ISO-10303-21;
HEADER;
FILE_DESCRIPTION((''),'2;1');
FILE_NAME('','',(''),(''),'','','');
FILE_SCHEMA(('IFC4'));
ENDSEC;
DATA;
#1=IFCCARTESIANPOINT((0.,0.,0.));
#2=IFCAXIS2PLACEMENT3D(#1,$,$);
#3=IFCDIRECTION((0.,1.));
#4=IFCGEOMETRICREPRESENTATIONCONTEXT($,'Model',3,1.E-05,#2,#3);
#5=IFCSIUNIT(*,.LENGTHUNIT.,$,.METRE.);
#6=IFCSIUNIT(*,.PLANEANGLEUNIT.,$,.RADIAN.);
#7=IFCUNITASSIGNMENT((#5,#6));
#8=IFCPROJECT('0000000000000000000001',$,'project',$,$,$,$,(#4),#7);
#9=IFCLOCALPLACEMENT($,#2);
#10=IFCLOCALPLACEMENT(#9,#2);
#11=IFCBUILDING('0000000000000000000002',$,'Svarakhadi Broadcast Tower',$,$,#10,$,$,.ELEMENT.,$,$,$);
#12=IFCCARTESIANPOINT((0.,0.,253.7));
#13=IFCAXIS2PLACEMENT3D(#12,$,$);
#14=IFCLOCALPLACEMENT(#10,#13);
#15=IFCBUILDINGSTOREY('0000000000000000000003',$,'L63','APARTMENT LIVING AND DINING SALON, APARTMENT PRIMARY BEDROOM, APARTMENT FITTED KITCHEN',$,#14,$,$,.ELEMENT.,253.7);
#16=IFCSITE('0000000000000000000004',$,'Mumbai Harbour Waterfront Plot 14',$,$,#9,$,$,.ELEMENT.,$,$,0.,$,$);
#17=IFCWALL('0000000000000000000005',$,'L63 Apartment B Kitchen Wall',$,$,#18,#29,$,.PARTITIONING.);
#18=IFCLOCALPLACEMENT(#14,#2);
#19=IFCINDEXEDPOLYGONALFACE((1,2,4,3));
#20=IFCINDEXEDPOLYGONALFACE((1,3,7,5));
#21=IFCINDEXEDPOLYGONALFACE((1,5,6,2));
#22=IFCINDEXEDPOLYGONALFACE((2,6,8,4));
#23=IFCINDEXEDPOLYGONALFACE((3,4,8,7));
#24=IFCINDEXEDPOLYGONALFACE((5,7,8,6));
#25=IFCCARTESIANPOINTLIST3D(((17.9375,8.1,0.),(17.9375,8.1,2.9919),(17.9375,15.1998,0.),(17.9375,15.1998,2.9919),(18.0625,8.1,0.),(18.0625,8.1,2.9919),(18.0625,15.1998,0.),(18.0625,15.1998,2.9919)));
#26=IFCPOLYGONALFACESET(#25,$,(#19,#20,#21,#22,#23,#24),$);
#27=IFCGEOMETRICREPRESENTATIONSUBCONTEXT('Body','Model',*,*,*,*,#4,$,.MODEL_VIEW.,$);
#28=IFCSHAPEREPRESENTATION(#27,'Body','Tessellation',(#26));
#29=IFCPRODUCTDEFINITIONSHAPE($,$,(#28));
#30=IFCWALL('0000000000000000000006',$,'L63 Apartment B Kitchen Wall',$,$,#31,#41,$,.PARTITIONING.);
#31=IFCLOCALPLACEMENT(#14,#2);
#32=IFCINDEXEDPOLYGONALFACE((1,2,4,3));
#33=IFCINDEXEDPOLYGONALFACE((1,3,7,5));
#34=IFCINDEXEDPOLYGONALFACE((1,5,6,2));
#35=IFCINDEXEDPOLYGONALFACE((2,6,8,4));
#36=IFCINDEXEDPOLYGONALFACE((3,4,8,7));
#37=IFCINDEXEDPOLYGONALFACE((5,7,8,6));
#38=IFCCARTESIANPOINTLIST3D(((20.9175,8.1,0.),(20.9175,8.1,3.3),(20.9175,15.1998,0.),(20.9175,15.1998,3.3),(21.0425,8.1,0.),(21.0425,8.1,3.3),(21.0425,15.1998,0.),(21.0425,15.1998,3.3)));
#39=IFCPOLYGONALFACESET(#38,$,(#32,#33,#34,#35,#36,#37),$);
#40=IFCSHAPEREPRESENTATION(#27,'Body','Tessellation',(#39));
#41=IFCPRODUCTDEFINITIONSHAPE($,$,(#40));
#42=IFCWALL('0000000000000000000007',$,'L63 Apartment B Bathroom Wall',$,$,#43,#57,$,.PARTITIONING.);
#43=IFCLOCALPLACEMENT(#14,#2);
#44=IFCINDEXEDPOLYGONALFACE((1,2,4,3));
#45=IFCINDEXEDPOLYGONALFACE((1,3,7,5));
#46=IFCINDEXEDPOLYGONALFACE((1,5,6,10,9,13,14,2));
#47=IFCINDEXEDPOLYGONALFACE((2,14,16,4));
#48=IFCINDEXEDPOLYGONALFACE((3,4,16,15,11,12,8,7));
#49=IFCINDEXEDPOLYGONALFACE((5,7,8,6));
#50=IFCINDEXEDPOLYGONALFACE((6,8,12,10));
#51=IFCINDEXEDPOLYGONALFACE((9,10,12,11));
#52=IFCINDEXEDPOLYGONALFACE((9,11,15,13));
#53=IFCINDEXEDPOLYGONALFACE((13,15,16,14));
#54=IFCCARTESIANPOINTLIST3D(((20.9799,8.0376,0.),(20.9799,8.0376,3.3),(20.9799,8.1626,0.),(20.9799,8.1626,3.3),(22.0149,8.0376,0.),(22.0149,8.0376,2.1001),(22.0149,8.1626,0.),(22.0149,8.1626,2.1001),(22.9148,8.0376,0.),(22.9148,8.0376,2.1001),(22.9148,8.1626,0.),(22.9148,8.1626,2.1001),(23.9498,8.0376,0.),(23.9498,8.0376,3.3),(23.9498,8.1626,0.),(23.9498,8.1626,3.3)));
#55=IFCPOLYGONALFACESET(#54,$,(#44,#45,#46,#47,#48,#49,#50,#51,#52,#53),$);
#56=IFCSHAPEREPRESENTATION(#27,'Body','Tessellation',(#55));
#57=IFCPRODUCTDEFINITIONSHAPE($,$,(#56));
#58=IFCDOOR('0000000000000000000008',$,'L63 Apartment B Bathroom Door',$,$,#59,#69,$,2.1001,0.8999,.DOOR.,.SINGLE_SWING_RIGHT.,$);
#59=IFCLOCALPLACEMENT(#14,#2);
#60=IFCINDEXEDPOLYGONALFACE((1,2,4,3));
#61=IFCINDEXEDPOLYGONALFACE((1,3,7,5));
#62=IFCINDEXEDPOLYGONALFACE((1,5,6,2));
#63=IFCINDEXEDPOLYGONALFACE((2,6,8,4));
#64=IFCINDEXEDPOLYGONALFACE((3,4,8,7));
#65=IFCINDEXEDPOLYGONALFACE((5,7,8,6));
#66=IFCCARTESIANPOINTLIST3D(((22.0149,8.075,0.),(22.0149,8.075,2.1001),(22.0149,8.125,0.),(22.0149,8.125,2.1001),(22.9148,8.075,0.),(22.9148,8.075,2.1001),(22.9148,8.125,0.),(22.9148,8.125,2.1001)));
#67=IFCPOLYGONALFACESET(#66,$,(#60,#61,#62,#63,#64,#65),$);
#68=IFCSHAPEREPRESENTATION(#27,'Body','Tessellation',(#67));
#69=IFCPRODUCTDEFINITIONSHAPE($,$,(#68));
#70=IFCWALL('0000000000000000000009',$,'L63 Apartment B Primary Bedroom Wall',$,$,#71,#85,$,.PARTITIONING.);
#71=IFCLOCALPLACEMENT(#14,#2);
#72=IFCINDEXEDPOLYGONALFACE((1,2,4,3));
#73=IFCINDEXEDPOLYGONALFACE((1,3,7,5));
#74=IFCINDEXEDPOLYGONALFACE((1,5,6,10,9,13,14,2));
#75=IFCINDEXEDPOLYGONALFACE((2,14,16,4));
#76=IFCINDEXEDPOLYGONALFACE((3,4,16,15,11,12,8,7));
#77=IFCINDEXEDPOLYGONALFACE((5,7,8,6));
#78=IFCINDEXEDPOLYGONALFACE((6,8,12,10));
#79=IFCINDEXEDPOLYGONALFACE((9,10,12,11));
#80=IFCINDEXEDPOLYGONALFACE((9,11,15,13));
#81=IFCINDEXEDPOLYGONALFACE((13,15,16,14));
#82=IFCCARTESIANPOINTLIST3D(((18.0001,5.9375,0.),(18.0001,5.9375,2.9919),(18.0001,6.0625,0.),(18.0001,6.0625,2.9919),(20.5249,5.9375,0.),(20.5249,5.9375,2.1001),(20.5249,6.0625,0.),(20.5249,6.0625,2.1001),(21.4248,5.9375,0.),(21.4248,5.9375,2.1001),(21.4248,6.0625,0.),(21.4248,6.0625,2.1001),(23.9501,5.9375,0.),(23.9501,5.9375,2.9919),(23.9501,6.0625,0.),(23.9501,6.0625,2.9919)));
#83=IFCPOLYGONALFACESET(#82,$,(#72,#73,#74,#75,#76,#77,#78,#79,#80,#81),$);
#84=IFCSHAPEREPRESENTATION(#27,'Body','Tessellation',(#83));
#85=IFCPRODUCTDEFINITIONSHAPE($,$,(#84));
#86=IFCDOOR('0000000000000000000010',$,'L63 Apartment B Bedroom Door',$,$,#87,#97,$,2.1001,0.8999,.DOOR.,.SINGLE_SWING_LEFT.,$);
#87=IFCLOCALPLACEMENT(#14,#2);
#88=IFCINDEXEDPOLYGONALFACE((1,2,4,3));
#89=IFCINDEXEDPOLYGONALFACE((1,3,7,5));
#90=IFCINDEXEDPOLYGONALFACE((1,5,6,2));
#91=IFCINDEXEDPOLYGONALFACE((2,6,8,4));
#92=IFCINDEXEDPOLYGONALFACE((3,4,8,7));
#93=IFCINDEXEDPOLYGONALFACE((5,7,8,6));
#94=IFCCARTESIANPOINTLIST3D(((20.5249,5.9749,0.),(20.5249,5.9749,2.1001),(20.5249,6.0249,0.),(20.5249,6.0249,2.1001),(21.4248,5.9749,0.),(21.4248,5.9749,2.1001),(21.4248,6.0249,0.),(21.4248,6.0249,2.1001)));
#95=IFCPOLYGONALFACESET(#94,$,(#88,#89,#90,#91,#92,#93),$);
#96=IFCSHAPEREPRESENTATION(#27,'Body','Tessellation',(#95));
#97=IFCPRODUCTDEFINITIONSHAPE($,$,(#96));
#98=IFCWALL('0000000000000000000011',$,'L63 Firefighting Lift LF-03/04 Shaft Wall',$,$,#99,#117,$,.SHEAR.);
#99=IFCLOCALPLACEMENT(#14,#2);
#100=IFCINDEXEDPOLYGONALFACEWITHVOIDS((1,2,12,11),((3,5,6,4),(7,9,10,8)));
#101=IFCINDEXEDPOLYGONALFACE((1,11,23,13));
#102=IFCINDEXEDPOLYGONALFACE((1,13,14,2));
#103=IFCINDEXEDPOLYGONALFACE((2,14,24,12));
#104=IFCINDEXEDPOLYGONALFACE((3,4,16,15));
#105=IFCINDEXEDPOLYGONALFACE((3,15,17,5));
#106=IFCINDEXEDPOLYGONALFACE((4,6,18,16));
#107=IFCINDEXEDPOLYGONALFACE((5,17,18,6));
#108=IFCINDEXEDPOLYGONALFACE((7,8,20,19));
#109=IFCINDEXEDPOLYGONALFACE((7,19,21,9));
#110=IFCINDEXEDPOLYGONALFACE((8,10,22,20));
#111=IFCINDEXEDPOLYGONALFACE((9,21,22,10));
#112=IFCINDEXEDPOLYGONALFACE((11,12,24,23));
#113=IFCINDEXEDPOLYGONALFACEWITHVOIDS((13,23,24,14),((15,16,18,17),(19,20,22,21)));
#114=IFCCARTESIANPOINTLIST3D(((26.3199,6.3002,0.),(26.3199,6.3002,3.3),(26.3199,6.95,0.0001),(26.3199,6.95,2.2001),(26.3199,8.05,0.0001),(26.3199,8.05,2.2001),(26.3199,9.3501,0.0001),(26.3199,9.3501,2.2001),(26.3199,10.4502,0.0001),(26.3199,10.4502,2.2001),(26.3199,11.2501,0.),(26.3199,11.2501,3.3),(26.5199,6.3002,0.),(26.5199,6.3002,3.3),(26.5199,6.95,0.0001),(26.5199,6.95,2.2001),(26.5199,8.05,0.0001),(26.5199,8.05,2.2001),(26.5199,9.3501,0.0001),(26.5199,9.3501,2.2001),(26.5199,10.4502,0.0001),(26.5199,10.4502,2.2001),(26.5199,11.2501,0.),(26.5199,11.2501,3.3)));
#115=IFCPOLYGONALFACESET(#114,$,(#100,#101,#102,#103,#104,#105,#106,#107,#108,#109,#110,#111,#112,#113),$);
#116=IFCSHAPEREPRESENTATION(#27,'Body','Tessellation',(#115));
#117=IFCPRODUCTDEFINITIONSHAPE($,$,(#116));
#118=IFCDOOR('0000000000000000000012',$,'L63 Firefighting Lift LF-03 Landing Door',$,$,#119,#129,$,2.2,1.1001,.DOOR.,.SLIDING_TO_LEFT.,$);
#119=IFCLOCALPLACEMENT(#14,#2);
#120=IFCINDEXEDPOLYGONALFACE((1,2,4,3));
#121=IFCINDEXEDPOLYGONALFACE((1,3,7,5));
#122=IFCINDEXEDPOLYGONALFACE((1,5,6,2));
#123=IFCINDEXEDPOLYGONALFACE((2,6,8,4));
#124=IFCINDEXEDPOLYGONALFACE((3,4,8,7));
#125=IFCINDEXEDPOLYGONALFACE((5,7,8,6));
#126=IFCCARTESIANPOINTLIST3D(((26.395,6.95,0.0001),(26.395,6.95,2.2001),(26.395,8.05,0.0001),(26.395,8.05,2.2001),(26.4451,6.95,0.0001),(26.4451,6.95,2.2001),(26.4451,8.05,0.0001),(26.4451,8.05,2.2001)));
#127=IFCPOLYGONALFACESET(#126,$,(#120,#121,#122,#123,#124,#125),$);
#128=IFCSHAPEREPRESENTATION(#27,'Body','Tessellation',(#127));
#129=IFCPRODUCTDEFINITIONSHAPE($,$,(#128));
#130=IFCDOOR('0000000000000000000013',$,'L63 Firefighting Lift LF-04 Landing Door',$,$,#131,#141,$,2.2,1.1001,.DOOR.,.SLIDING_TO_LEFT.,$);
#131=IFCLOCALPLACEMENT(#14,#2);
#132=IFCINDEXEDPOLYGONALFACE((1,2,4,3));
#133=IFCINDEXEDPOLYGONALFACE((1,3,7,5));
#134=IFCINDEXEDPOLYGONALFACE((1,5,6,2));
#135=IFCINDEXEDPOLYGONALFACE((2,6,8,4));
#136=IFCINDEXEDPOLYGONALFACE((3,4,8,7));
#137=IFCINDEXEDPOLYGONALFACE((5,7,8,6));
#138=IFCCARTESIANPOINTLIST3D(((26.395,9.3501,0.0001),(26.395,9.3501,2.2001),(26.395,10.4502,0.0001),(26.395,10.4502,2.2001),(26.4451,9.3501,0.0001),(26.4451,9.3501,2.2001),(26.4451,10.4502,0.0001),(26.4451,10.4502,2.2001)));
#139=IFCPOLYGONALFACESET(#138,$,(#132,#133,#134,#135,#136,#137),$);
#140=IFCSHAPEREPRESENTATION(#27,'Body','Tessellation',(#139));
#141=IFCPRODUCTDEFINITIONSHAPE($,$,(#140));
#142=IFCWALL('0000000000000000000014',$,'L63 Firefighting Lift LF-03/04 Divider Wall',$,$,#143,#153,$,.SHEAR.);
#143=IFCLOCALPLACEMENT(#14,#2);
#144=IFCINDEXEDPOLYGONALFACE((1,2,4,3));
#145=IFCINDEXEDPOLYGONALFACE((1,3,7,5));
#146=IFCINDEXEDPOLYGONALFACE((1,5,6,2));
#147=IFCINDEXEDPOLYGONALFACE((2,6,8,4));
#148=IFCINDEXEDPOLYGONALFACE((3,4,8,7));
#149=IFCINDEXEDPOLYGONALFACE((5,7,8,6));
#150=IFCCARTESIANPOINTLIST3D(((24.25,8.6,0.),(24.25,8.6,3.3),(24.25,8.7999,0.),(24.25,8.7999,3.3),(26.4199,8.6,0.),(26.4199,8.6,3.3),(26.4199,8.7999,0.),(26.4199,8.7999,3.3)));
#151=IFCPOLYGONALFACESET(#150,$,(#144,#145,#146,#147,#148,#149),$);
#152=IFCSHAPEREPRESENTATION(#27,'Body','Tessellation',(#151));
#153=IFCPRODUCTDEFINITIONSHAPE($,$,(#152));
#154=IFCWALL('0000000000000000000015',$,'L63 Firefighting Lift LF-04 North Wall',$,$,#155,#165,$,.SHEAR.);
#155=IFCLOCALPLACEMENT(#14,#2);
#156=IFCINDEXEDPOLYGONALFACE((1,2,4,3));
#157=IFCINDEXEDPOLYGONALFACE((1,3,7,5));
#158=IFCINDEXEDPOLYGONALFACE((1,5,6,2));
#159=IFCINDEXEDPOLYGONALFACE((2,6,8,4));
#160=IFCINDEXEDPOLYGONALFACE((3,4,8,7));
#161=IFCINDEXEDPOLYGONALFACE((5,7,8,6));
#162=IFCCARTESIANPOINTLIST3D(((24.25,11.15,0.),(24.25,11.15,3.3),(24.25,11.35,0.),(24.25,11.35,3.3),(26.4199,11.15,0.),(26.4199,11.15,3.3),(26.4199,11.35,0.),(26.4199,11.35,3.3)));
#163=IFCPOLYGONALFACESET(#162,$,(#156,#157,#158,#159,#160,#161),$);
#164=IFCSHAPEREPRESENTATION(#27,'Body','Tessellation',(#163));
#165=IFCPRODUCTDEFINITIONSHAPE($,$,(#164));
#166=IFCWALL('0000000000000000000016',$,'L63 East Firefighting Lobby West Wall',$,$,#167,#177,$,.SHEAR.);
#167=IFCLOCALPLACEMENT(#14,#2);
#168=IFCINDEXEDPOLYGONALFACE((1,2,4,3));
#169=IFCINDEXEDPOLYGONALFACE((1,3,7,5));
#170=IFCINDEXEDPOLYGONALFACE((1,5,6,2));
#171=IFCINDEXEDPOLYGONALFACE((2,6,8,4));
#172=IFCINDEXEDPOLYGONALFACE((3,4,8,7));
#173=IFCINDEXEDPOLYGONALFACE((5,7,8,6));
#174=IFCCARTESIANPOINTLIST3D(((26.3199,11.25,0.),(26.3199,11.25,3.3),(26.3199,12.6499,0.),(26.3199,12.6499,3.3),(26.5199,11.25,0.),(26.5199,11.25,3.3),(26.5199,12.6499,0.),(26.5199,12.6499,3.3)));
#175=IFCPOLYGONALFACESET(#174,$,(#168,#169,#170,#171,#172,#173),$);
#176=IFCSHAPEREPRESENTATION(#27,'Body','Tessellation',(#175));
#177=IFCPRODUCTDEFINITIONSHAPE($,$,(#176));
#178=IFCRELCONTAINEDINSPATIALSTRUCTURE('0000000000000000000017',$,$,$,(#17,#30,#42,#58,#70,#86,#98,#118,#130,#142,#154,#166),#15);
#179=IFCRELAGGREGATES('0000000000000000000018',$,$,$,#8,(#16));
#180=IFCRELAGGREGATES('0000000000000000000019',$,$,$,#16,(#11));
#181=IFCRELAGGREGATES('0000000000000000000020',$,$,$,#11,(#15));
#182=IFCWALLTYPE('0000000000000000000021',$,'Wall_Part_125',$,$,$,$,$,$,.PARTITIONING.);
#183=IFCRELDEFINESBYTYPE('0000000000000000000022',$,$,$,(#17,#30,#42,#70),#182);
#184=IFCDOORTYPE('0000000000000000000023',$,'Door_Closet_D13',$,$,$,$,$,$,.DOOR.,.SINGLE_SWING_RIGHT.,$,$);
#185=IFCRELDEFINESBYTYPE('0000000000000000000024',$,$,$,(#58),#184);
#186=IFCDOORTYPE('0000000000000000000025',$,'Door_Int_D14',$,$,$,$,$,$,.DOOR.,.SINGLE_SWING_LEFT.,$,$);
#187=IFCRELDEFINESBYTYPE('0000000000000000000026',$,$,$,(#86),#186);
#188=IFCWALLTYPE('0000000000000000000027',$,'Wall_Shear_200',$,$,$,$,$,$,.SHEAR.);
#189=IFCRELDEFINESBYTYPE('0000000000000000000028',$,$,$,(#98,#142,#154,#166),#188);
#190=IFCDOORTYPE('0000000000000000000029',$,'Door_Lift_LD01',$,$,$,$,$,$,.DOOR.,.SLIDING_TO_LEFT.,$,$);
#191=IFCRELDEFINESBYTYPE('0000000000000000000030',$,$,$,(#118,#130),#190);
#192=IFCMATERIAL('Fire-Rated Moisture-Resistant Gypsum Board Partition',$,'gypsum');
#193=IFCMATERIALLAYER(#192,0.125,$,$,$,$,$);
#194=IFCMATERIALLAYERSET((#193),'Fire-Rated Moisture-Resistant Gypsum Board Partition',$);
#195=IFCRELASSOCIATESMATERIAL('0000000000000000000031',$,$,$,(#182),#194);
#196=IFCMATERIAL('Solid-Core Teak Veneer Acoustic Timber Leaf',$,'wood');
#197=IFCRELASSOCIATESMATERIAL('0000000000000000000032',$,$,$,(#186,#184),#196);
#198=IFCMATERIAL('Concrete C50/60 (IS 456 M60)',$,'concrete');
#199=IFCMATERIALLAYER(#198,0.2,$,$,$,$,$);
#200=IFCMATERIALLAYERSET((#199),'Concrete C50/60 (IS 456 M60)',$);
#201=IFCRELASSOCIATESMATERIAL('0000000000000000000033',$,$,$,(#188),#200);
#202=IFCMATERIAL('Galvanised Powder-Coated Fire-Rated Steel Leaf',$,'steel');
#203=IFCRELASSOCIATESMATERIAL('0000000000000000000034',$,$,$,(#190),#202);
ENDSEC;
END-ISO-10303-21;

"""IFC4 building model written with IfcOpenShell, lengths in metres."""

from ifc_helpers import new_model, si_unit, direction, frame, frame_2d, origin, place, context, subcontext, project, spatial, rectangle, extrude, material, layer, layer_set, type_object, element, fill, save


model = new_model("IFC4")

# Units and contexts
model_context = context("Model", 3, precision=1e-05, world=origin(), true_north=direction((0.0, 1.0)))
body_context = subcontext(model_context, "Body", "Model", "MODEL_VIEW")
ifc_project = project(units=[si_unit("LENGTHUNIT", "METRE"), si_unit("PLANEANGLEUNIT", "RADIAN")], contexts=[model_context])

# Site, building, storey
site_placement = place(None, origin())
site = spatial("IfcSite", under=ifc_project, at=site_placement, Name="Mumbai Harbour Waterfront Plot 14", CompositionType="ELEMENT", RefElevation=0.0)
building_placement = place(site_placement, origin())
building = spatial("IfcBuilding", under=site, at=building_placement, Name="Svarakhadi Broadcast Tower", CompositionType="ELEMENT")
storey_placement = place(building_placement, frame((0.0, 0.0, 253.7)))
storey = spatial("IfcBuildingStorey", under=building, at=storey_placement, Name="L63", Description="APARTMENT LIVING AND DINING SALON, APARTMENT PRIMARY BEDROOM, APARTMENT FITTED KITCHEN", CompositionType="ELEMENT", Elevation=253.7)

# Shared definitions
ifc_material_1 = material(Name="Concrete C50/60 (IS 456 M60)", Category="concrete")

# Shared definitions
ifc_material_2 = material(Name="Fire-Rated Moisture-Resistant Gypsum Board Partition", Category="gypsum")
ifc_layer_1 = layer(ifc_material_2, 0.125)
ifc_layer_set_1 = layer_set([ifc_layer_1], Name="Fire-Rated Moisture-Resistant Gypsum Board Partition")
wall_type_1 = type_object("IfcWallType", Name="Wall_Part_125", PredefinedType="PARTITIONING", material=ifc_layer_set_1)
ifc_material_3 = material(Name="Solid-Core Teak Veneer Acoustic Timber Leaf", Category="wood")
door_type_1 = type_object("IfcDoorType", Name="Door_Int_D14", OperationType="SINGLE_SWING_LEFT", PredefinedType="DOOR", material=ifc_material_3)

# Walls
wall_1_placement = place(storey_placement, frame((18.0, 8.1001, 0.0), z_axis=(0.0, 0.0, 1.0), x_axis=(0.0, 1.0, 0.0)))
element("IfcWall", 1, at=wall_1_placement, inside=storey, type_object=wall_type_1, Name="L63 Apartment B Kitchen Wall", PredefinedType="PARTITIONING", context=body_context, shape_type="SweptSolid", body=[
    extrude(rectangle(XDim=7.0999, YDim=0.125, at=frame_2d((3.5498, 0.0))), origin(), (0.0, 0.0, 1.0), 2.9919),
])
wall_2_placement = place(storey_placement, frame((20.98, 8.1001, 0.0), z_axis=(0.0, 0.0, 1.0), x_axis=(0.0, 1.0, 0.0)))
element("IfcWall", 2, at=wall_2_placement, inside=storey, type_object=wall_type_1, Name="L63 Apartment B Kitchen Wall", PredefinedType="PARTITIONING", context=body_context, shape_type="SweptSolid", body=[
    extrude(rectangle(XDim=7.0999, YDim=0.125, at=frame_2d((3.5498, 0.0))), origin(), (0.0, 0.0, 1.0), 3.3),
])

# Walls, openings, doors
wall_3_placement = place(storey_placement, frame((20.98, 8.1001, 0.0), z_axis=(0.0, 0.0, 1.0), x_axis=(1.0, 0.0, 0.0)))
wall_3 = element("IfcWall", 3, at=wall_3_placement, inside=storey, type_object=wall_type_1, Name="L63 Apartment B Bathroom Wall", PredefinedType="PARTITIONING", context=body_context, shape_type="SweptSolid", body=[
    extrude(rectangle(XDim=2.97, YDim=0.125, at=frame_2d((1.4849, 0.0))), origin(), (0.0, 0.0, 1.0), 3.3),
])
opening_1_placement = place(wall_3_placement, frame((1.0349, 0.0, 0.0)))
opening_1 = element("IfcOpeningElement", 4, at=opening_1_placement, cuts=wall_3, PredefinedType="OPENING", context=body_context, shape_type="SweptSolid", body=[
    extrude(rectangle(XDim=0.8999, YDim=2.1001, at=frame_2d((0.45, 1.05))), frame((0.0, 0.0725, 0.0), z_axis=(0.0, -1.0, 0.0), x_axis=(1.0, 0.0, 0.0)), (0.0, 0.0, 1.0), 0.145),
])
door_type_2 = type_object("IfcDoorType", Name="Door_Closet_D13", OperationType="SINGLE_SWING_RIGHT", PredefinedType="DOOR", material=ifc_material_3)
door_1_placement = place(opening_1_placement, origin())
door_1 = element("IfcDoor", 5, at=door_1_placement, inside=storey, type_object=door_type_2, Name="L63 Apartment B Bathroom Door", OperationType="SINGLE_SWING_RIGHT", OverallHeight=2.1001, OverallWidth=0.8999, PredefinedType="DOOR", context=body_context, shape_type="SweptSolid", body=[
    extrude(rectangle(XDim=0.8999, YDim=2.1001, at=frame_2d((0.45, 1.05))), frame((0.0, 0.0249, 0.0), z_axis=(0.0, -1.0, 0.0), x_axis=(1.0, 0.0, 0.0)), (0.0, 0.0, 1.0), 0.05),
])
fill(opening_1, door_1)
wall_4_placement = place(storey_placement, frame((18.0, 6.0, 0.0), z_axis=(0.0, 0.0, 1.0), x_axis=(1.0, 0.0, 0.0)))
wall_4 = element("IfcWall", 6, at=wall_4_placement, inside=storey, type_object=wall_type_1, Name="L63 Apartment B Primary Bedroom Wall", PredefinedType="PARTITIONING", context=body_context, shape_type="SweptSolid", body=[
    extrude(rectangle(XDim=5.95, YDim=0.125, at=frame_2d((2.9751, 0.0))), origin(), (0.0, 0.0, 1.0), 2.9919),
])
opening_2_placement = place(wall_4_placement, frame((2.5249, 0.0, 0.0)))
opening_2 = element("IfcOpeningElement", 7, at=opening_2_placement, cuts=wall_4, PredefinedType="OPENING", context=body_context, shape_type="SweptSolid", body=[
    extrude(rectangle(XDim=0.8999, YDim=2.1001, at=frame_2d((0.45, 1.05))), frame((0.0, 0.0725, 0.0), z_axis=(0.0, -1.0, 0.0), x_axis=(1.0, 0.0, 0.0)), (0.0, 0.0, 1.0), 0.145),
])
door_2_placement = place(opening_2_placement, origin())
door_2 = element("IfcDoor", 8, at=door_2_placement, inside=storey, type_object=door_type_1, Name="L63 Apartment B Bedroom Door", OperationType="SINGLE_SWING_LEFT", OverallHeight=2.1001, OverallWidth=0.8999, PredefinedType="DOOR", context=body_context, shape_type="SweptSolid", body=[
    extrude(rectangle(XDim=0.8999, YDim=2.1001, at=frame_2d((0.45, 1.05))), frame((0.0, 0.0249, 0.0), z_axis=(0.0, -1.0, 0.0), x_axis=(1.0, 0.0, 0.0)), (0.0, 0.0, 1.0), 0.05),
])
fill(opening_2, door_2)

# Wall, openings, doors
ifc_layer_2 = layer(ifc_material_1, 0.2)
ifc_layer_set_2 = layer_set([ifc_layer_2], Name="Concrete C50/60 (IS 456 M60)")
wall_type_2 = type_object("IfcWallType", Name="Wall_Shear_200", PredefinedType="SHEAR", material=ifc_layer_set_2)
wall_5_placement = place(storey_placement, frame((26.4199, 6.3, 0.0), z_axis=(0.0, 0.0, 1.0), x_axis=(0.0, 1.0, 0.0)))
wall_5 = element("IfcWall", 9, at=wall_5_placement, inside=storey, type_object=wall_type_2, Name="L63 Firefighting Lift LF-03/04 Shaft Wall", PredefinedType="SHEAR", context=body_context, shape_type="SweptSolid", body=[
    extrude(rectangle(XDim=4.95, YDim=0.2, at=frame_2d((2.4751, 0.0))), origin(), (0.0, 0.0, 1.0), 3.3),
])
opening_3_placement = place(wall_5_placement, frame((0.6499, 0.0, 0.0)))
opening_3 = element("IfcOpeningElement", 10, at=opening_3_placement, cuts=wall_5, PredefinedType="OPENING", context=body_context, shape_type="SweptSolid", body=[
    extrude(rectangle(XDim=1.1001, YDim=2.2, at=frame_2d((0.55, 1.1001))), frame((0.0, 0.1099, 0.0), z_axis=(0.0, -1.0, 0.0), x_axis=(1.0, 0.0, 0.0)), (0.0, 0.0, 1.0), 0.22),
])
opening_4_placement = place(wall_5_placement, frame((3.05, 0.0, 0.0)))
opening_4 = element("IfcOpeningElement", 11, at=opening_4_placement, cuts=wall_5, PredefinedType="OPENING", context=body_context, shape_type="SweptSolid", body=[
    extrude(rectangle(XDim=1.1001, YDim=2.2, at=frame_2d((0.55, 1.1001))), frame((0.0, 0.1099, 0.0), z_axis=(0.0, -1.0, 0.0), x_axis=(1.0, 0.0, 0.0)), (0.0, 0.0, 1.0), 0.22),
])
ifc_material_4 = material(Name="Galvanised Powder-Coated Fire-Rated Steel Leaf", Category="steel")
door_type_3 = type_object("IfcDoorType", Name="Door_Lift_LD01", OperationType="SLIDING_TO_LEFT", PredefinedType="DOOR", material=ifc_material_4)
door_3_placement = place(opening_3_placement, origin())
door_3 = element("IfcDoor", 12, at=door_3_placement, inside=storey, type_object=door_type_3, Name="L63 Firefighting Lift LF-03 Landing Door", OperationType="SLIDING_TO_LEFT", OverallHeight=2.2, OverallWidth=1.1001, PredefinedType="DOOR", context=body_context, shape_type="SweptSolid", body=[
    extrude(rectangle(XDim=1.1001, YDim=2.2, at=frame_2d((0.55, 1.1001))), frame((0.0, 0.0249, 0.0), z_axis=(0.0, -1.0, 0.0), x_axis=(1.0, 0.0, 0.0)), (0.0, 0.0, 1.0), 0.05),
])
fill(opening_3, door_3)
door_4_placement = place(opening_4_placement, origin())
door_4 = element("IfcDoor", 13, at=door_4_placement, inside=storey, type_object=door_type_3, Name="L63 Firefighting Lift LF-04 Landing Door", OperationType="SLIDING_TO_LEFT", OverallHeight=2.2, OverallWidth=1.1001, PredefinedType="DOOR", context=body_context, shape_type="SweptSolid", body=[
    extrude(rectangle(XDim=1.1001, YDim=2.2, at=frame_2d((0.55, 1.1001))), frame((0.0, 0.0249, 0.0), z_axis=(0.0, -1.0, 0.0), x_axis=(1.0, 0.0, 0.0)), (0.0, 0.0, 1.0), 0.05),
])
fill(opening_4, door_4)

# Walls
for number, where, z_axis, x_axis, name in (
    (14, (24.25, 8.7, 0.0), (0.0, 0.0, 1.0), (1.0, 0.0, 0.0), "L63 Firefighting Lift LF-03/04 Divider Wall"),
    (15, (24.25, 11.25, 0.0), (0.0, 0.0, 1.0), (1.0, 0.0, 0.0), "L63 Firefighting Lift LF-04 North Wall"),
):
    element("IfcWall", number, at=place(storey_placement, frame(where, z_axis=z_axis, x_axis=x_axis)), inside=storey, type_object=wall_type_2, Name=name, PredefinedType="SHEAR", context=body_context, shape_type="SweptSolid", body=[
        extrude(rectangle(XDim=2.1699, YDim=0.2, at=frame_2d((1.085, 0.0))), origin(), (0.0, 0.0, 1.0), 3.3),
    ])
wall_6_placement = place(storey_placement, frame((26.4199, 11.25, 0.0), z_axis=(0.0, 0.0, 1.0), x_axis=(0.0, 1.0, 0.0)))
element("IfcWall", 16, at=wall_6_placement, inside=storey, type_object=wall_type_2, Name="L63 East Firefighting Lobby West Wall", PredefinedType="SHEAR", context=body_context, shape_type="SweptSolid", body=[
    extrude(rectangle(XDim=1.3999, YDim=0.2, at=frame_2d((0.7, 0.0))), origin(), (0.0, 0.0, 1.0), 3.3),
])

save(model, "model.ifc")
